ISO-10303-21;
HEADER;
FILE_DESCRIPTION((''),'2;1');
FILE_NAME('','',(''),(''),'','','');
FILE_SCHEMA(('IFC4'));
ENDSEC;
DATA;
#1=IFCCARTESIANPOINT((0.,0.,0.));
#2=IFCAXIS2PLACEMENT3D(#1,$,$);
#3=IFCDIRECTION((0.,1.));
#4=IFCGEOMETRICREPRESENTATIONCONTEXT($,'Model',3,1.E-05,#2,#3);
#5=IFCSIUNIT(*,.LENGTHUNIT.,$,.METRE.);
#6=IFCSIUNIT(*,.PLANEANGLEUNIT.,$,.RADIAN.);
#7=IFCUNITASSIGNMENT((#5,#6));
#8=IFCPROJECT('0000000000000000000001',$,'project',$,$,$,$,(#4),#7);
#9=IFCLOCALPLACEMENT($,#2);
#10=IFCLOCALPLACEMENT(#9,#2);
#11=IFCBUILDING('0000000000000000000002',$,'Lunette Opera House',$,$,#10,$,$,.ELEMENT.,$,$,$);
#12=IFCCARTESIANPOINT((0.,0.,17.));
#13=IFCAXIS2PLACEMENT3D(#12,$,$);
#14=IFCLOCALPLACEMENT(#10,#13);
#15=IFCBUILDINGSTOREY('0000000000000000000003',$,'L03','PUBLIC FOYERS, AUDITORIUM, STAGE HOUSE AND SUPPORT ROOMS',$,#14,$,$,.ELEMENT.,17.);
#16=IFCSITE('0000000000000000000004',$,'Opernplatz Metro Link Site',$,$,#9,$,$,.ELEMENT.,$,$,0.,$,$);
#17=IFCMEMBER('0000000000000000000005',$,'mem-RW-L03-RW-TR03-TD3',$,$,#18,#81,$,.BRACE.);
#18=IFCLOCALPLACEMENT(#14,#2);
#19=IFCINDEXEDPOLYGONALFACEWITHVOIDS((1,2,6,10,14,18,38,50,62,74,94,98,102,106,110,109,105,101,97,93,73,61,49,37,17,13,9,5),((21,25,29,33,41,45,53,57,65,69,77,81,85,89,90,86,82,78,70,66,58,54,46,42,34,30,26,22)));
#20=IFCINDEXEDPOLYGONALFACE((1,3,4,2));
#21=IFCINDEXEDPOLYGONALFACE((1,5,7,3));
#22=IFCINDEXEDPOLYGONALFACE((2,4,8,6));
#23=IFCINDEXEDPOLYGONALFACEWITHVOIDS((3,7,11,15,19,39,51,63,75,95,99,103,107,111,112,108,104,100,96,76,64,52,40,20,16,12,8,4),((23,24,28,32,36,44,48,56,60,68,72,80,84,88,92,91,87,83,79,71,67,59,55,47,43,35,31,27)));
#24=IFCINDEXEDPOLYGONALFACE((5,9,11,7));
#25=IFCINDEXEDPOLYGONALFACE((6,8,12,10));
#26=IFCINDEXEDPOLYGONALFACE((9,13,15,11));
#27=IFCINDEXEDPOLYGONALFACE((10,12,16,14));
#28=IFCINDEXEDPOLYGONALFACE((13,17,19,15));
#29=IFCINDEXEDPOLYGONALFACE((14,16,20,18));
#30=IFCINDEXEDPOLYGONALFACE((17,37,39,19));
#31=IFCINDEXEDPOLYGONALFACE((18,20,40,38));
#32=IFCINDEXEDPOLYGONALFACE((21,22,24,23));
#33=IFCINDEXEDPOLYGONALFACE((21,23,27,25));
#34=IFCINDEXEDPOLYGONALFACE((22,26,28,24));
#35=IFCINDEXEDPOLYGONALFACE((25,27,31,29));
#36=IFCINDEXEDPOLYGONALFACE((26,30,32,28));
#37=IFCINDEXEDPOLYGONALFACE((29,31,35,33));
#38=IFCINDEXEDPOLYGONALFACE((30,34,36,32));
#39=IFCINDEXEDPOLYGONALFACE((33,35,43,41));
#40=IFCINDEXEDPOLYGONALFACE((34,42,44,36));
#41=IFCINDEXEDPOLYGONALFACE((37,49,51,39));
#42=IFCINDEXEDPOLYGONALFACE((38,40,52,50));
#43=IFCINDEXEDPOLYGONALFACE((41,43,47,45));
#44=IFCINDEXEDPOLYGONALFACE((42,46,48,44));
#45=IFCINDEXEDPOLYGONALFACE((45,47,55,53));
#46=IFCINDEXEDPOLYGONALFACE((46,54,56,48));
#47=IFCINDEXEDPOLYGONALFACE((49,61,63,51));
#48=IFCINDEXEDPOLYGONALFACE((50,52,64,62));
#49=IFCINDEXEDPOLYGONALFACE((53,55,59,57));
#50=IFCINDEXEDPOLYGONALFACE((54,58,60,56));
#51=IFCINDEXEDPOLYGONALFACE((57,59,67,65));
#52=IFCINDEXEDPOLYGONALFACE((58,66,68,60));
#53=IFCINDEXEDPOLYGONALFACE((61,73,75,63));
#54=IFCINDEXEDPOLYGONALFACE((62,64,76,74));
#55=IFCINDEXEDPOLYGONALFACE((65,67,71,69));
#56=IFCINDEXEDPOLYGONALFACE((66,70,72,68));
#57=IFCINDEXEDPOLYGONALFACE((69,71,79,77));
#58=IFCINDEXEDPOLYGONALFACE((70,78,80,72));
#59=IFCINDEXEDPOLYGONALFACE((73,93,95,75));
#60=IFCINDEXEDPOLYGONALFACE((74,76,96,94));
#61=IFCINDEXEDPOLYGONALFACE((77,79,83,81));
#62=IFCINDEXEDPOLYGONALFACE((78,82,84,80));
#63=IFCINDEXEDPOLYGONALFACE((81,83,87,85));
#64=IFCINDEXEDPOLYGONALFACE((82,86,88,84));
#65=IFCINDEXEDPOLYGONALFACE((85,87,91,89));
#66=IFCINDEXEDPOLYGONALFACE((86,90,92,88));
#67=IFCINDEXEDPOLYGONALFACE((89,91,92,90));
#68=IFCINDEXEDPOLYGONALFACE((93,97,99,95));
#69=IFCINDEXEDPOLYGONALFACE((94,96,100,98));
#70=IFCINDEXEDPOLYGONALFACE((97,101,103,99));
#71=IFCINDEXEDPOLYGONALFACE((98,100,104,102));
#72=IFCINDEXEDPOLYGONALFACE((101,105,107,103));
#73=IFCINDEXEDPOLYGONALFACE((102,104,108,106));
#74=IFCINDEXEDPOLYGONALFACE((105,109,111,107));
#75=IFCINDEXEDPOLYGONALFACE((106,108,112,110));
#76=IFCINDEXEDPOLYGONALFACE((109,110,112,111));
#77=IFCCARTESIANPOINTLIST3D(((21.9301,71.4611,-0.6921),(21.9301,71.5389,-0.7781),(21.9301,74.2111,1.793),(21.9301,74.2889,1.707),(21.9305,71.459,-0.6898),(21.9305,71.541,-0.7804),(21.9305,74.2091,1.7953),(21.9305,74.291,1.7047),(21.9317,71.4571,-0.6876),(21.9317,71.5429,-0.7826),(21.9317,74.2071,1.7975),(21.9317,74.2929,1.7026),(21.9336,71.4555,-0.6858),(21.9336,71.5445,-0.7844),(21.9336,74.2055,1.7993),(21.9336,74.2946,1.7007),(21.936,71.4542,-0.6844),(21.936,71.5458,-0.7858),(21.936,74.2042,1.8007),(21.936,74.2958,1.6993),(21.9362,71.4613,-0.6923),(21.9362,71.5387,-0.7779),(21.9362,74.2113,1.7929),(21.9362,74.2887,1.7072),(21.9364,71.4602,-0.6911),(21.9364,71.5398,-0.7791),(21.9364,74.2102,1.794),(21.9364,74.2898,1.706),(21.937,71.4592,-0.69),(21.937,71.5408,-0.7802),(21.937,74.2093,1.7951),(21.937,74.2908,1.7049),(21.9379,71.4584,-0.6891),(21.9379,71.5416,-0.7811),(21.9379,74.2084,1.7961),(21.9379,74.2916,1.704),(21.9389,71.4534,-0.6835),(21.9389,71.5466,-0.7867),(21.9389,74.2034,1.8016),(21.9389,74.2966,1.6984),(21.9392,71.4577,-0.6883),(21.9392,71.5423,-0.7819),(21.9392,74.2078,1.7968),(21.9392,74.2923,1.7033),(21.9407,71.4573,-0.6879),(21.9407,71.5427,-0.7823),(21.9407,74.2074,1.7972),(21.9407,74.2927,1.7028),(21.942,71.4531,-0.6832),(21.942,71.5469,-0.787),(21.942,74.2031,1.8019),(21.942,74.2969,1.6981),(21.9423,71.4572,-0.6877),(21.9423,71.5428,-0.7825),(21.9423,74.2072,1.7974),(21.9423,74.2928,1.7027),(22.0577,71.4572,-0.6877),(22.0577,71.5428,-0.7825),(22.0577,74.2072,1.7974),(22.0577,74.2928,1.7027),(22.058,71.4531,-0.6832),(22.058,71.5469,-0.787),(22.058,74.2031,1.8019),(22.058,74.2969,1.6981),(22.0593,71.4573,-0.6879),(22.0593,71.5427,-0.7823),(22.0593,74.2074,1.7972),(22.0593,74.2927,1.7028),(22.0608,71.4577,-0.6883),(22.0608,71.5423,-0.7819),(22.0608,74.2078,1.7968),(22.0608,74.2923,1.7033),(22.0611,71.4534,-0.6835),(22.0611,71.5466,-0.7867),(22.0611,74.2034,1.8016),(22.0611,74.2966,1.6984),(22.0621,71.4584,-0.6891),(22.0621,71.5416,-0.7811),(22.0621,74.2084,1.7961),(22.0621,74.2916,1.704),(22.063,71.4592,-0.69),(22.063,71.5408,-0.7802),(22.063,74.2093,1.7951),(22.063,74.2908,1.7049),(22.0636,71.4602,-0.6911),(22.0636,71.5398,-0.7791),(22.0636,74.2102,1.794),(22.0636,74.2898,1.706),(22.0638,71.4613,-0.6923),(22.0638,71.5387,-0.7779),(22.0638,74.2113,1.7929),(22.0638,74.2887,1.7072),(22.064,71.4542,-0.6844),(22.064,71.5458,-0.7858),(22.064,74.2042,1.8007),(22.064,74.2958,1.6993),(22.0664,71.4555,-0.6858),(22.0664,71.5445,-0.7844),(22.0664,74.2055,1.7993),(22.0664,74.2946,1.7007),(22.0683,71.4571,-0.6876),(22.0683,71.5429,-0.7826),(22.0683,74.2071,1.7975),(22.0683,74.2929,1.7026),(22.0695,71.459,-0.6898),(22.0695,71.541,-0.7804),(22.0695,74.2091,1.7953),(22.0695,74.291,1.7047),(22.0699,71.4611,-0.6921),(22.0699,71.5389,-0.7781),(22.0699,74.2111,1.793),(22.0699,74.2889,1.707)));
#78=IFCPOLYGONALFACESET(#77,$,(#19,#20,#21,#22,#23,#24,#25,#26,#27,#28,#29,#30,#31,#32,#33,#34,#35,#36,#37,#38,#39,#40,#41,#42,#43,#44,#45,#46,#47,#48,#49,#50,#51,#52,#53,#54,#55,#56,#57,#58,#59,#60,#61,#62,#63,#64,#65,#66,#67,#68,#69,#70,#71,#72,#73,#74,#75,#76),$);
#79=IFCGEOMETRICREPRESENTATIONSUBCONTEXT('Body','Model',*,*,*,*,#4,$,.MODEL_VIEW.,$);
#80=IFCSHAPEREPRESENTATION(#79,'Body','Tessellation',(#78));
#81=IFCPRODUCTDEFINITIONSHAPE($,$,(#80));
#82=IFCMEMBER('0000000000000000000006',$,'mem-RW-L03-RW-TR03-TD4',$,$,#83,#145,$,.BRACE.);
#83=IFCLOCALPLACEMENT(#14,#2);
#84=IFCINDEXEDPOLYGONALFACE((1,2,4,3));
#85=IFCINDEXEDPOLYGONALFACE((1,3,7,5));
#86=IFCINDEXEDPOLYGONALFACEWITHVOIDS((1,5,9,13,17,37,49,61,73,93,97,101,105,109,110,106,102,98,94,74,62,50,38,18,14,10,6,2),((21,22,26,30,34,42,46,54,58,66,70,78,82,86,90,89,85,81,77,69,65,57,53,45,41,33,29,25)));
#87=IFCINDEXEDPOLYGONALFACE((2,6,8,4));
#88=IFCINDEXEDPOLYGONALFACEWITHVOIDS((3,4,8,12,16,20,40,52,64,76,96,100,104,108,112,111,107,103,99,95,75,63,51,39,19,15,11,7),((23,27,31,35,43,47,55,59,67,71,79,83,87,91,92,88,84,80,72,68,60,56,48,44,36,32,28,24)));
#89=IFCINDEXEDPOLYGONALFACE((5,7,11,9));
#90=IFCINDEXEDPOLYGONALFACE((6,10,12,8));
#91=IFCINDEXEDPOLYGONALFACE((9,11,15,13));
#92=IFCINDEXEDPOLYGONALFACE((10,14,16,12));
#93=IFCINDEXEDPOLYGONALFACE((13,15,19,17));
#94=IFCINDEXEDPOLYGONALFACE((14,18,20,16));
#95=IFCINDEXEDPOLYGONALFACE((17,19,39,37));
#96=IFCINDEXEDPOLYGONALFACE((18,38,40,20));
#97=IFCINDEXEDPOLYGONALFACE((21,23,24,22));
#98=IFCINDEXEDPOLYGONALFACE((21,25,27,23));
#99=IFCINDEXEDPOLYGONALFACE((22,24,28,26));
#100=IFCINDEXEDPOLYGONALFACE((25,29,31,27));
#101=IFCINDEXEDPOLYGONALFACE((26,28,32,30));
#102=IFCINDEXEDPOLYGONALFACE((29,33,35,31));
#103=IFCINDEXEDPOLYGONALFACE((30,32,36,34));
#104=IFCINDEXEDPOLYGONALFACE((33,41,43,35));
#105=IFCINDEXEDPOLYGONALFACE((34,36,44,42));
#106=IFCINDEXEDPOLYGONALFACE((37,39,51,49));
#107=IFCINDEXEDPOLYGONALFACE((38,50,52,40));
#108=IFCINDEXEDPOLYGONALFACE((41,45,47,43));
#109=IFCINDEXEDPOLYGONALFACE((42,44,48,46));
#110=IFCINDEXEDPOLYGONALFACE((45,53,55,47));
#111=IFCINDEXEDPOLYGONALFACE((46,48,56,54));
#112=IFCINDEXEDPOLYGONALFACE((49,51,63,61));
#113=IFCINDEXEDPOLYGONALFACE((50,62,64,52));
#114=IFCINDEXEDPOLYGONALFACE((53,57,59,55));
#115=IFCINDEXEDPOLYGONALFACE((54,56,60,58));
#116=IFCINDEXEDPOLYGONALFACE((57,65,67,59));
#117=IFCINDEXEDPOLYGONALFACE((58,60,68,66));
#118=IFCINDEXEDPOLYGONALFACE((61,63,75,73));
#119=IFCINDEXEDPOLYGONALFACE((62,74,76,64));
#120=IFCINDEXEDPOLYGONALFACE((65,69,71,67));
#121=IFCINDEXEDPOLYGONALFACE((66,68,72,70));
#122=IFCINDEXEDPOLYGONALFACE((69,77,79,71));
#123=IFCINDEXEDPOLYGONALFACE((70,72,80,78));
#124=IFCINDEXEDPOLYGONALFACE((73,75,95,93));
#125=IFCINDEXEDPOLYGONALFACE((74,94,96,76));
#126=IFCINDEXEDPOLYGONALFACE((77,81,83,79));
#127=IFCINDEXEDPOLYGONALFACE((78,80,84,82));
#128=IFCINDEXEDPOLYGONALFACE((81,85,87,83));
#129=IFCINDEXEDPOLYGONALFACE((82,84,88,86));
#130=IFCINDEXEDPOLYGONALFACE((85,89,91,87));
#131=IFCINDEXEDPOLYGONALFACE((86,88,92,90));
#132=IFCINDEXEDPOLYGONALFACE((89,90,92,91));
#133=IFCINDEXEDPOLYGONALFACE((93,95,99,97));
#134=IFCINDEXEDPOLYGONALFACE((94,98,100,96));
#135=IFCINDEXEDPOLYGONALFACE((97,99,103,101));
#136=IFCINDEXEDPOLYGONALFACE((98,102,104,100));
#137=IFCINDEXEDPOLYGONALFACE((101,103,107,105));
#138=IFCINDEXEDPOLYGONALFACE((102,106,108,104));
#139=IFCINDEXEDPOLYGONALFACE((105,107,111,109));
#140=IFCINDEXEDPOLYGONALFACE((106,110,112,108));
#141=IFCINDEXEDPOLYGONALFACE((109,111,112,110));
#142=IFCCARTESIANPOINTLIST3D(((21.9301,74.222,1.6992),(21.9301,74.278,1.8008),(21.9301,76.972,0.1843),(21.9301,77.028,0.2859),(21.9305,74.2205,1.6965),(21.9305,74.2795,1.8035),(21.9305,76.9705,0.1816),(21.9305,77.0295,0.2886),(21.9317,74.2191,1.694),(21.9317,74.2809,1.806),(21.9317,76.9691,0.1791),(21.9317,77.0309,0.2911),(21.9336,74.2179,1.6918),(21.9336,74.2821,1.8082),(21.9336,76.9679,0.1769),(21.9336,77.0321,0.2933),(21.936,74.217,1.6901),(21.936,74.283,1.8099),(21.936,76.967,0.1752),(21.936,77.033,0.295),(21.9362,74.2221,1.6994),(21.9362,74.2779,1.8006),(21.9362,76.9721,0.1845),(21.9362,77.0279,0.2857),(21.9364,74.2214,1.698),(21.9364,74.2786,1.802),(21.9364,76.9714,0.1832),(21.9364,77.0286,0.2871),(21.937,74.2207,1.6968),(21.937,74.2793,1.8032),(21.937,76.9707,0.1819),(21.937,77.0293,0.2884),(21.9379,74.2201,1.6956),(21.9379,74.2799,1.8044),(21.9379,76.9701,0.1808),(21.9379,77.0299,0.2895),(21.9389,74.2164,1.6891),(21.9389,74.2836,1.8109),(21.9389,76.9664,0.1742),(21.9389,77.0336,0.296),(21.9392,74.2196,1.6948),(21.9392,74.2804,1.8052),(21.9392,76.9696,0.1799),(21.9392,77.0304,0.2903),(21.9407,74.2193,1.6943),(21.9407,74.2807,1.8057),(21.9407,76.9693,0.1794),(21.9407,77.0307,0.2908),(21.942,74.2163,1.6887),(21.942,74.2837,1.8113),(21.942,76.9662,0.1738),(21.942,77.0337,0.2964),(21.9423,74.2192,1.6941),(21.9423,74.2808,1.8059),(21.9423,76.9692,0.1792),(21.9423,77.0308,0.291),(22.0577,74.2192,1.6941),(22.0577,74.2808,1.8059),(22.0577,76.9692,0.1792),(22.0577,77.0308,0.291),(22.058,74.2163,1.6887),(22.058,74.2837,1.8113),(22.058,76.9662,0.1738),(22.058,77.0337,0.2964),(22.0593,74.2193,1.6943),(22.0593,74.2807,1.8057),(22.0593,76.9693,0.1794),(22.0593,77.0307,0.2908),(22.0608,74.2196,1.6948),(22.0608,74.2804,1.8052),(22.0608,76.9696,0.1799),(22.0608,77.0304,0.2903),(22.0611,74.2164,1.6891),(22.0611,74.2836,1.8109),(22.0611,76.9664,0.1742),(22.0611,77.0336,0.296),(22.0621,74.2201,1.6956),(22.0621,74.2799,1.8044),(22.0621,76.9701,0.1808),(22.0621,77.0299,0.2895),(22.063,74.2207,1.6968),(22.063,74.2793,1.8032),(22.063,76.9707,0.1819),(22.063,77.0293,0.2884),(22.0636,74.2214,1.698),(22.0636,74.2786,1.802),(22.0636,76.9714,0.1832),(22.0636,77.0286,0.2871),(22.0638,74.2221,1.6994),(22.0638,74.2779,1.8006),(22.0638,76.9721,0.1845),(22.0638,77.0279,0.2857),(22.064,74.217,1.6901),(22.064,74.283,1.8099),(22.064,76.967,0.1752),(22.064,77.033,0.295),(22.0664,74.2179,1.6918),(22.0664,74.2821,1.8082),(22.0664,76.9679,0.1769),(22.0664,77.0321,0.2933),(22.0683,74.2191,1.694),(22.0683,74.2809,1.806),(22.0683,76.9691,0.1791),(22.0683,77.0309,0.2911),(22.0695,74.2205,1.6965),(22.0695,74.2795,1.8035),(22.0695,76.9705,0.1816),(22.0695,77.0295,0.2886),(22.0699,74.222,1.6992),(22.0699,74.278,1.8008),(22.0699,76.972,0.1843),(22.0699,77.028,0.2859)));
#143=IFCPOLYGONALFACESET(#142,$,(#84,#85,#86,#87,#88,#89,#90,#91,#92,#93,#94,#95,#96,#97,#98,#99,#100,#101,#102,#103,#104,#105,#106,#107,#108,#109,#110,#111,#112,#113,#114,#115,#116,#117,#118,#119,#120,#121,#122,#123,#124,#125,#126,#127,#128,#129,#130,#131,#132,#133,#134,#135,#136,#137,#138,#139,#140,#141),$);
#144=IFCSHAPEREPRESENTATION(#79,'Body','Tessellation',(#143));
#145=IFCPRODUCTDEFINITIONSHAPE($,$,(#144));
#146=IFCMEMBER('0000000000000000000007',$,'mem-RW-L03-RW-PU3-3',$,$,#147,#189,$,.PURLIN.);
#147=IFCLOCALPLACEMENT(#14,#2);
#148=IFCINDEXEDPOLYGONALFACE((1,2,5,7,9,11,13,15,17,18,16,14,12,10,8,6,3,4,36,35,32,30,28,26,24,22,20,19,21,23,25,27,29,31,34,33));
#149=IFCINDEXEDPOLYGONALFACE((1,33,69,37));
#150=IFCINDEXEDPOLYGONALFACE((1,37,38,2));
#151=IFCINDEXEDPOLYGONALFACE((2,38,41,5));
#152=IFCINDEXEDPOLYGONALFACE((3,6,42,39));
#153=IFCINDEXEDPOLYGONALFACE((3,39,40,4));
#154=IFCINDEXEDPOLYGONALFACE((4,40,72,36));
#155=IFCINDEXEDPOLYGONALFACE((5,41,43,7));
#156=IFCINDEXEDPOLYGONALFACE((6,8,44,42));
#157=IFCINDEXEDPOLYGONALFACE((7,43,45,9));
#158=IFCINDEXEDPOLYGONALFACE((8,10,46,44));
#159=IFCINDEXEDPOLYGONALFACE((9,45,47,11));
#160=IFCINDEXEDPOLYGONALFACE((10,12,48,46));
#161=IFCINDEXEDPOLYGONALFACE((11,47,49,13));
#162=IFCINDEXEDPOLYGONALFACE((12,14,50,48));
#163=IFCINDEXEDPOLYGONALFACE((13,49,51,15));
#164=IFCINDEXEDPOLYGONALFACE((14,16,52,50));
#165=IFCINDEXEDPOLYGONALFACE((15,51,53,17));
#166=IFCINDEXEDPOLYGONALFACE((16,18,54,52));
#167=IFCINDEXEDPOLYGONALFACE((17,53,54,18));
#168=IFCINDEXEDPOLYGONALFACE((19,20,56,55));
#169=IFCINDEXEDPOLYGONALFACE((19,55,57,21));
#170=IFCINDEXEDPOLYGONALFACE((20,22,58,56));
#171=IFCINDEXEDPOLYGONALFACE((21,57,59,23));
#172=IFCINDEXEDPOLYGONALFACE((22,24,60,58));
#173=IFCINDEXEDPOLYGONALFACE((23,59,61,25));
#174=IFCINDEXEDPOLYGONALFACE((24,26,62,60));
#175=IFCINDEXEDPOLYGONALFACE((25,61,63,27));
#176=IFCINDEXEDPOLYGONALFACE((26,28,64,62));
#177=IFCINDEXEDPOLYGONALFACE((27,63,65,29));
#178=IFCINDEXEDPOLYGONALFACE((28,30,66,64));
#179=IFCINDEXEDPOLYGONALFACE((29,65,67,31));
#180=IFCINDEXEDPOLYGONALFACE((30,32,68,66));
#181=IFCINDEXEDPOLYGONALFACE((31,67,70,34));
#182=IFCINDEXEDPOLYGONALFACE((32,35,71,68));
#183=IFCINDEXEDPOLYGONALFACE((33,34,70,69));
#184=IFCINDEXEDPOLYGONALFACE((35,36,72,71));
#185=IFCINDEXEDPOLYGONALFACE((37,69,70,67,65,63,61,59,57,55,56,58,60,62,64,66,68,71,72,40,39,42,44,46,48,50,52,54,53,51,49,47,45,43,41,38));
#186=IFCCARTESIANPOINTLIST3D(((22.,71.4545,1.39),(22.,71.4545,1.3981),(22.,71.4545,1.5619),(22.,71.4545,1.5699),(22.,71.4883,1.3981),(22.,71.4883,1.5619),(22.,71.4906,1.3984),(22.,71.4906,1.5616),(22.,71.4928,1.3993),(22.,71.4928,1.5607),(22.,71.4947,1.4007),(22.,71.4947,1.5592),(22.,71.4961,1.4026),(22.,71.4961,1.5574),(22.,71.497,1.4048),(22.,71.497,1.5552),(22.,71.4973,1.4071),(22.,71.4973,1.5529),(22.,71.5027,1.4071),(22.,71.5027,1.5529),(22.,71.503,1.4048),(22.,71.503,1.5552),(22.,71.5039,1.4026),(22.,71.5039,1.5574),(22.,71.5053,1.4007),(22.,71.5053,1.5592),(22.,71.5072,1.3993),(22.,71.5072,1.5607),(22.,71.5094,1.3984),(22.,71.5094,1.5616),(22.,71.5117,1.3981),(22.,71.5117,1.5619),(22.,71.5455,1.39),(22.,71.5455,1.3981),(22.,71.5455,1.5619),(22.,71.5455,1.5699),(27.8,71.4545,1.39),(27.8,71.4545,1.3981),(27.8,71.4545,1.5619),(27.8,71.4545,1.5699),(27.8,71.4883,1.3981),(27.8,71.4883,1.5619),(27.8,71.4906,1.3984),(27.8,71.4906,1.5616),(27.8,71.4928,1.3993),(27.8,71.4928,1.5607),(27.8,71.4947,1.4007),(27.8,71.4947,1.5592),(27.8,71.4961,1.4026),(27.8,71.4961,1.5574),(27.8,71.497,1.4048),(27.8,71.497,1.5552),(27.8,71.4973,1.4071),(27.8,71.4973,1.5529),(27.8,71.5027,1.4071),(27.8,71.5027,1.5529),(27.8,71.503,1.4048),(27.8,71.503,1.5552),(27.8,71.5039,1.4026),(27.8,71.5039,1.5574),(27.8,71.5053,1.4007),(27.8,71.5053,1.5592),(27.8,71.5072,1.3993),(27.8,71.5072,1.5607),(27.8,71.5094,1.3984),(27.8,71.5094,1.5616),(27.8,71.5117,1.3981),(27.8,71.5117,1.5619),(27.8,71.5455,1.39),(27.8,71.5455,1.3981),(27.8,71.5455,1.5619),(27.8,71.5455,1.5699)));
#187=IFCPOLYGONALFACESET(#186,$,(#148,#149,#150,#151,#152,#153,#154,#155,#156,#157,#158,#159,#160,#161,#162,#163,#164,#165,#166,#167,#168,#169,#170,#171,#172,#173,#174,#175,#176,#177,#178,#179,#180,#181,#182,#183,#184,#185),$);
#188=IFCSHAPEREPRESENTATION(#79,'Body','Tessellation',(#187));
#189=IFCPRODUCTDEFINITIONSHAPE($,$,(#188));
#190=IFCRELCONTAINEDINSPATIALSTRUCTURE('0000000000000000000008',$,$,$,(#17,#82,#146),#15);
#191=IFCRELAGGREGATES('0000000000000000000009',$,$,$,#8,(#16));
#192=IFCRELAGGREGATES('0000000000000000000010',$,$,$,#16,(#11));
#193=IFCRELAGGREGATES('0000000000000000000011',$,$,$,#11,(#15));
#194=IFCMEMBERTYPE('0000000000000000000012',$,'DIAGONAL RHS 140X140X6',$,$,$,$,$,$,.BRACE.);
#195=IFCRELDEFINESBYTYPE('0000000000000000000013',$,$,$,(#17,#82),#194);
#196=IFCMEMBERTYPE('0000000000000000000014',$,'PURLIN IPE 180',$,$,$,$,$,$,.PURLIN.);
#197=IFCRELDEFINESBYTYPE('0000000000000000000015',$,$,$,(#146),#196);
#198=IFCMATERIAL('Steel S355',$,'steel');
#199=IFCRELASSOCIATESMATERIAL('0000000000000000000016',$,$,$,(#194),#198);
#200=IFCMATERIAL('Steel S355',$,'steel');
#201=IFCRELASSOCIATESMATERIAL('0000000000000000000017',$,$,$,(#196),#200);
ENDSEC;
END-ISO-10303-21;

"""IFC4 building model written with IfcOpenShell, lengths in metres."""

from ifc_helpers import new_model, si_unit, direction, frame, origin, origin_2d, place, context, subcontext, project, spatial, hollow_rectangle, i_section, extrude, material, material_profile, profile_set, type_object, element, save


model = new_model("IFC4")

# Units and contexts
model_context = context("Model", 3, precision=1e-05, world=origin(), true_north=direction((0.0, 1.0)))
body_context = subcontext(model_context, "Body", "Model", "MODEL_VIEW")
ifc_project = project(units=[si_unit("LENGTHUNIT", "METRE"), si_unit("PLANEANGLEUNIT", "RADIAN")], contexts=[model_context])

# Site, building, storey
site_placement = place(None, origin())
site = spatial("IfcSite", under=ifc_project, at=site_placement, Name="Opernplatz Metro Link Site", CompositionType="ELEMENT", RefElevation=0.0)
building_placement = place(site_placement, origin())
building = spatial("IfcBuilding", under=site, at=building_placement, Name="Lunette Opera House", CompositionType="ELEMENT")
storey_placement = place(building_placement, frame((0.0, 0.0, 17.0)))
storey = spatial("IfcBuildingStorey", under=building, at=storey_placement, Name="L03", Description="PUBLIC FOYERS, AUDITORIUM, STAGE HOUSE AND SUPPORT ROOMS", CompositionType="ELEMENT", Elevation=17.0)

# Members
ifc_material_1 = material(Name="Steel S355", Category="steel")
ifc_material_profile_1 = material_profile(ifc_material_1, hollow_rectangle(XDim=0.1399, YDim=0.1399, WallThickness=0.0061, InnerFilletRadius=0.0061, OuterFilletRadius=0.012, at=origin_2d()), Name="RHS 140X140X6")
ifc_profile_set_1 = profile_set([ifc_material_profile_1], Name="Steel S355")
member_type_1 = type_object("IfcMemberType", Name="DIAGONAL RHS 140X140X6", PredefinedType="BRACE", material=ifc_profile_set_1)
member_1_placement = place(storey_placement, frame((22.0, 71.5, -0.7351), z_axis=(0.0, 0.741937, 0.67047), x_axis=(-1.0, 0.0, 0.0)))
element("IfcMember", 1, at=member_1_placement, inside=storey, type_object=member_type_1, Name="mem-RW-L03-RW-TR03-TD3", PredefinedType="BRACE", context=body_context, shape_type="SweptSolid", body=[
    extrude(hollow_rectangle(XDim=0.1399, YDim=0.1399, WallThickness=0.0061, InnerFilletRadius=0.0061, OuterFilletRadius=0.012, at=origin_2d()), origin(), (0.0, 0.0, 1.0), 3.7065),
])
member_2_placement = place(storey_placement, frame((22.0, 74.25, 1.75), z_axis=(0.0, 0.875894, -0.482504), x_axis=(-1.0, 0.0, 0.0)))
element("IfcMember", 2, at=member_2_placement, inside=storey, type_object=member_type_1, Name="mem-RW-L03-RW-TR03-TD4", PredefinedType="BRACE", context=body_context, shape_type="SweptSolid", body=[
    extrude(hollow_rectangle(XDim=0.1399, YDim=0.1399, WallThickness=0.0061, InnerFilletRadius=0.0061, OuterFilletRadius=0.012, at=origin_2d()), origin(), (0.0, 0.0, 1.0), 3.1396),
])
ifc_material_2 = material(Name="Steel S355", Category="steel")
ifc_material_profile_2 = material_profile(ifc_material_2, i_section(OverallWidth=0.0911, OverallDepth=0.1799, WebThickness=0.0054, FlangeThickness=0.0081, FilletRadius=0.009, at=origin_2d()), Name="IPE 180")
ifc_profile_set_2 = profile_set([ifc_material_profile_2], Name="Steel S355")
member_type_2 = type_object("IfcMemberType", Name="PURLIN IPE 180", PredefinedType="PURLIN", material=ifc_profile_set_2)
for number, where, z_axis, x_axis, name in (
    (3, (22.0, 71.5, 1.48), (1.0, 0.0, 0.0), (0.0, 1.0, 0.0), "mem-RW-L03-RW-PU3-3"),
):
    element("IfcMember", number, at=place(storey_placement, frame(where, z_axis=z_axis, x_axis=x_axis)), inside=storey, type_object=member_type_2, Name=name, PredefinedType="PURLIN", context=body_context, shape_type="SweptSolid", body=[
        extrude(i_section(OverallWidth=0.0911, OverallDepth=0.1799, WebThickness=0.0054, FlangeThickness=0.0081, FilletRadius=0.009, at=origin_2d()), origin(), (0.0, 0.0, 1.0), 5.8),
    ])

save(model, "model.ifc")
